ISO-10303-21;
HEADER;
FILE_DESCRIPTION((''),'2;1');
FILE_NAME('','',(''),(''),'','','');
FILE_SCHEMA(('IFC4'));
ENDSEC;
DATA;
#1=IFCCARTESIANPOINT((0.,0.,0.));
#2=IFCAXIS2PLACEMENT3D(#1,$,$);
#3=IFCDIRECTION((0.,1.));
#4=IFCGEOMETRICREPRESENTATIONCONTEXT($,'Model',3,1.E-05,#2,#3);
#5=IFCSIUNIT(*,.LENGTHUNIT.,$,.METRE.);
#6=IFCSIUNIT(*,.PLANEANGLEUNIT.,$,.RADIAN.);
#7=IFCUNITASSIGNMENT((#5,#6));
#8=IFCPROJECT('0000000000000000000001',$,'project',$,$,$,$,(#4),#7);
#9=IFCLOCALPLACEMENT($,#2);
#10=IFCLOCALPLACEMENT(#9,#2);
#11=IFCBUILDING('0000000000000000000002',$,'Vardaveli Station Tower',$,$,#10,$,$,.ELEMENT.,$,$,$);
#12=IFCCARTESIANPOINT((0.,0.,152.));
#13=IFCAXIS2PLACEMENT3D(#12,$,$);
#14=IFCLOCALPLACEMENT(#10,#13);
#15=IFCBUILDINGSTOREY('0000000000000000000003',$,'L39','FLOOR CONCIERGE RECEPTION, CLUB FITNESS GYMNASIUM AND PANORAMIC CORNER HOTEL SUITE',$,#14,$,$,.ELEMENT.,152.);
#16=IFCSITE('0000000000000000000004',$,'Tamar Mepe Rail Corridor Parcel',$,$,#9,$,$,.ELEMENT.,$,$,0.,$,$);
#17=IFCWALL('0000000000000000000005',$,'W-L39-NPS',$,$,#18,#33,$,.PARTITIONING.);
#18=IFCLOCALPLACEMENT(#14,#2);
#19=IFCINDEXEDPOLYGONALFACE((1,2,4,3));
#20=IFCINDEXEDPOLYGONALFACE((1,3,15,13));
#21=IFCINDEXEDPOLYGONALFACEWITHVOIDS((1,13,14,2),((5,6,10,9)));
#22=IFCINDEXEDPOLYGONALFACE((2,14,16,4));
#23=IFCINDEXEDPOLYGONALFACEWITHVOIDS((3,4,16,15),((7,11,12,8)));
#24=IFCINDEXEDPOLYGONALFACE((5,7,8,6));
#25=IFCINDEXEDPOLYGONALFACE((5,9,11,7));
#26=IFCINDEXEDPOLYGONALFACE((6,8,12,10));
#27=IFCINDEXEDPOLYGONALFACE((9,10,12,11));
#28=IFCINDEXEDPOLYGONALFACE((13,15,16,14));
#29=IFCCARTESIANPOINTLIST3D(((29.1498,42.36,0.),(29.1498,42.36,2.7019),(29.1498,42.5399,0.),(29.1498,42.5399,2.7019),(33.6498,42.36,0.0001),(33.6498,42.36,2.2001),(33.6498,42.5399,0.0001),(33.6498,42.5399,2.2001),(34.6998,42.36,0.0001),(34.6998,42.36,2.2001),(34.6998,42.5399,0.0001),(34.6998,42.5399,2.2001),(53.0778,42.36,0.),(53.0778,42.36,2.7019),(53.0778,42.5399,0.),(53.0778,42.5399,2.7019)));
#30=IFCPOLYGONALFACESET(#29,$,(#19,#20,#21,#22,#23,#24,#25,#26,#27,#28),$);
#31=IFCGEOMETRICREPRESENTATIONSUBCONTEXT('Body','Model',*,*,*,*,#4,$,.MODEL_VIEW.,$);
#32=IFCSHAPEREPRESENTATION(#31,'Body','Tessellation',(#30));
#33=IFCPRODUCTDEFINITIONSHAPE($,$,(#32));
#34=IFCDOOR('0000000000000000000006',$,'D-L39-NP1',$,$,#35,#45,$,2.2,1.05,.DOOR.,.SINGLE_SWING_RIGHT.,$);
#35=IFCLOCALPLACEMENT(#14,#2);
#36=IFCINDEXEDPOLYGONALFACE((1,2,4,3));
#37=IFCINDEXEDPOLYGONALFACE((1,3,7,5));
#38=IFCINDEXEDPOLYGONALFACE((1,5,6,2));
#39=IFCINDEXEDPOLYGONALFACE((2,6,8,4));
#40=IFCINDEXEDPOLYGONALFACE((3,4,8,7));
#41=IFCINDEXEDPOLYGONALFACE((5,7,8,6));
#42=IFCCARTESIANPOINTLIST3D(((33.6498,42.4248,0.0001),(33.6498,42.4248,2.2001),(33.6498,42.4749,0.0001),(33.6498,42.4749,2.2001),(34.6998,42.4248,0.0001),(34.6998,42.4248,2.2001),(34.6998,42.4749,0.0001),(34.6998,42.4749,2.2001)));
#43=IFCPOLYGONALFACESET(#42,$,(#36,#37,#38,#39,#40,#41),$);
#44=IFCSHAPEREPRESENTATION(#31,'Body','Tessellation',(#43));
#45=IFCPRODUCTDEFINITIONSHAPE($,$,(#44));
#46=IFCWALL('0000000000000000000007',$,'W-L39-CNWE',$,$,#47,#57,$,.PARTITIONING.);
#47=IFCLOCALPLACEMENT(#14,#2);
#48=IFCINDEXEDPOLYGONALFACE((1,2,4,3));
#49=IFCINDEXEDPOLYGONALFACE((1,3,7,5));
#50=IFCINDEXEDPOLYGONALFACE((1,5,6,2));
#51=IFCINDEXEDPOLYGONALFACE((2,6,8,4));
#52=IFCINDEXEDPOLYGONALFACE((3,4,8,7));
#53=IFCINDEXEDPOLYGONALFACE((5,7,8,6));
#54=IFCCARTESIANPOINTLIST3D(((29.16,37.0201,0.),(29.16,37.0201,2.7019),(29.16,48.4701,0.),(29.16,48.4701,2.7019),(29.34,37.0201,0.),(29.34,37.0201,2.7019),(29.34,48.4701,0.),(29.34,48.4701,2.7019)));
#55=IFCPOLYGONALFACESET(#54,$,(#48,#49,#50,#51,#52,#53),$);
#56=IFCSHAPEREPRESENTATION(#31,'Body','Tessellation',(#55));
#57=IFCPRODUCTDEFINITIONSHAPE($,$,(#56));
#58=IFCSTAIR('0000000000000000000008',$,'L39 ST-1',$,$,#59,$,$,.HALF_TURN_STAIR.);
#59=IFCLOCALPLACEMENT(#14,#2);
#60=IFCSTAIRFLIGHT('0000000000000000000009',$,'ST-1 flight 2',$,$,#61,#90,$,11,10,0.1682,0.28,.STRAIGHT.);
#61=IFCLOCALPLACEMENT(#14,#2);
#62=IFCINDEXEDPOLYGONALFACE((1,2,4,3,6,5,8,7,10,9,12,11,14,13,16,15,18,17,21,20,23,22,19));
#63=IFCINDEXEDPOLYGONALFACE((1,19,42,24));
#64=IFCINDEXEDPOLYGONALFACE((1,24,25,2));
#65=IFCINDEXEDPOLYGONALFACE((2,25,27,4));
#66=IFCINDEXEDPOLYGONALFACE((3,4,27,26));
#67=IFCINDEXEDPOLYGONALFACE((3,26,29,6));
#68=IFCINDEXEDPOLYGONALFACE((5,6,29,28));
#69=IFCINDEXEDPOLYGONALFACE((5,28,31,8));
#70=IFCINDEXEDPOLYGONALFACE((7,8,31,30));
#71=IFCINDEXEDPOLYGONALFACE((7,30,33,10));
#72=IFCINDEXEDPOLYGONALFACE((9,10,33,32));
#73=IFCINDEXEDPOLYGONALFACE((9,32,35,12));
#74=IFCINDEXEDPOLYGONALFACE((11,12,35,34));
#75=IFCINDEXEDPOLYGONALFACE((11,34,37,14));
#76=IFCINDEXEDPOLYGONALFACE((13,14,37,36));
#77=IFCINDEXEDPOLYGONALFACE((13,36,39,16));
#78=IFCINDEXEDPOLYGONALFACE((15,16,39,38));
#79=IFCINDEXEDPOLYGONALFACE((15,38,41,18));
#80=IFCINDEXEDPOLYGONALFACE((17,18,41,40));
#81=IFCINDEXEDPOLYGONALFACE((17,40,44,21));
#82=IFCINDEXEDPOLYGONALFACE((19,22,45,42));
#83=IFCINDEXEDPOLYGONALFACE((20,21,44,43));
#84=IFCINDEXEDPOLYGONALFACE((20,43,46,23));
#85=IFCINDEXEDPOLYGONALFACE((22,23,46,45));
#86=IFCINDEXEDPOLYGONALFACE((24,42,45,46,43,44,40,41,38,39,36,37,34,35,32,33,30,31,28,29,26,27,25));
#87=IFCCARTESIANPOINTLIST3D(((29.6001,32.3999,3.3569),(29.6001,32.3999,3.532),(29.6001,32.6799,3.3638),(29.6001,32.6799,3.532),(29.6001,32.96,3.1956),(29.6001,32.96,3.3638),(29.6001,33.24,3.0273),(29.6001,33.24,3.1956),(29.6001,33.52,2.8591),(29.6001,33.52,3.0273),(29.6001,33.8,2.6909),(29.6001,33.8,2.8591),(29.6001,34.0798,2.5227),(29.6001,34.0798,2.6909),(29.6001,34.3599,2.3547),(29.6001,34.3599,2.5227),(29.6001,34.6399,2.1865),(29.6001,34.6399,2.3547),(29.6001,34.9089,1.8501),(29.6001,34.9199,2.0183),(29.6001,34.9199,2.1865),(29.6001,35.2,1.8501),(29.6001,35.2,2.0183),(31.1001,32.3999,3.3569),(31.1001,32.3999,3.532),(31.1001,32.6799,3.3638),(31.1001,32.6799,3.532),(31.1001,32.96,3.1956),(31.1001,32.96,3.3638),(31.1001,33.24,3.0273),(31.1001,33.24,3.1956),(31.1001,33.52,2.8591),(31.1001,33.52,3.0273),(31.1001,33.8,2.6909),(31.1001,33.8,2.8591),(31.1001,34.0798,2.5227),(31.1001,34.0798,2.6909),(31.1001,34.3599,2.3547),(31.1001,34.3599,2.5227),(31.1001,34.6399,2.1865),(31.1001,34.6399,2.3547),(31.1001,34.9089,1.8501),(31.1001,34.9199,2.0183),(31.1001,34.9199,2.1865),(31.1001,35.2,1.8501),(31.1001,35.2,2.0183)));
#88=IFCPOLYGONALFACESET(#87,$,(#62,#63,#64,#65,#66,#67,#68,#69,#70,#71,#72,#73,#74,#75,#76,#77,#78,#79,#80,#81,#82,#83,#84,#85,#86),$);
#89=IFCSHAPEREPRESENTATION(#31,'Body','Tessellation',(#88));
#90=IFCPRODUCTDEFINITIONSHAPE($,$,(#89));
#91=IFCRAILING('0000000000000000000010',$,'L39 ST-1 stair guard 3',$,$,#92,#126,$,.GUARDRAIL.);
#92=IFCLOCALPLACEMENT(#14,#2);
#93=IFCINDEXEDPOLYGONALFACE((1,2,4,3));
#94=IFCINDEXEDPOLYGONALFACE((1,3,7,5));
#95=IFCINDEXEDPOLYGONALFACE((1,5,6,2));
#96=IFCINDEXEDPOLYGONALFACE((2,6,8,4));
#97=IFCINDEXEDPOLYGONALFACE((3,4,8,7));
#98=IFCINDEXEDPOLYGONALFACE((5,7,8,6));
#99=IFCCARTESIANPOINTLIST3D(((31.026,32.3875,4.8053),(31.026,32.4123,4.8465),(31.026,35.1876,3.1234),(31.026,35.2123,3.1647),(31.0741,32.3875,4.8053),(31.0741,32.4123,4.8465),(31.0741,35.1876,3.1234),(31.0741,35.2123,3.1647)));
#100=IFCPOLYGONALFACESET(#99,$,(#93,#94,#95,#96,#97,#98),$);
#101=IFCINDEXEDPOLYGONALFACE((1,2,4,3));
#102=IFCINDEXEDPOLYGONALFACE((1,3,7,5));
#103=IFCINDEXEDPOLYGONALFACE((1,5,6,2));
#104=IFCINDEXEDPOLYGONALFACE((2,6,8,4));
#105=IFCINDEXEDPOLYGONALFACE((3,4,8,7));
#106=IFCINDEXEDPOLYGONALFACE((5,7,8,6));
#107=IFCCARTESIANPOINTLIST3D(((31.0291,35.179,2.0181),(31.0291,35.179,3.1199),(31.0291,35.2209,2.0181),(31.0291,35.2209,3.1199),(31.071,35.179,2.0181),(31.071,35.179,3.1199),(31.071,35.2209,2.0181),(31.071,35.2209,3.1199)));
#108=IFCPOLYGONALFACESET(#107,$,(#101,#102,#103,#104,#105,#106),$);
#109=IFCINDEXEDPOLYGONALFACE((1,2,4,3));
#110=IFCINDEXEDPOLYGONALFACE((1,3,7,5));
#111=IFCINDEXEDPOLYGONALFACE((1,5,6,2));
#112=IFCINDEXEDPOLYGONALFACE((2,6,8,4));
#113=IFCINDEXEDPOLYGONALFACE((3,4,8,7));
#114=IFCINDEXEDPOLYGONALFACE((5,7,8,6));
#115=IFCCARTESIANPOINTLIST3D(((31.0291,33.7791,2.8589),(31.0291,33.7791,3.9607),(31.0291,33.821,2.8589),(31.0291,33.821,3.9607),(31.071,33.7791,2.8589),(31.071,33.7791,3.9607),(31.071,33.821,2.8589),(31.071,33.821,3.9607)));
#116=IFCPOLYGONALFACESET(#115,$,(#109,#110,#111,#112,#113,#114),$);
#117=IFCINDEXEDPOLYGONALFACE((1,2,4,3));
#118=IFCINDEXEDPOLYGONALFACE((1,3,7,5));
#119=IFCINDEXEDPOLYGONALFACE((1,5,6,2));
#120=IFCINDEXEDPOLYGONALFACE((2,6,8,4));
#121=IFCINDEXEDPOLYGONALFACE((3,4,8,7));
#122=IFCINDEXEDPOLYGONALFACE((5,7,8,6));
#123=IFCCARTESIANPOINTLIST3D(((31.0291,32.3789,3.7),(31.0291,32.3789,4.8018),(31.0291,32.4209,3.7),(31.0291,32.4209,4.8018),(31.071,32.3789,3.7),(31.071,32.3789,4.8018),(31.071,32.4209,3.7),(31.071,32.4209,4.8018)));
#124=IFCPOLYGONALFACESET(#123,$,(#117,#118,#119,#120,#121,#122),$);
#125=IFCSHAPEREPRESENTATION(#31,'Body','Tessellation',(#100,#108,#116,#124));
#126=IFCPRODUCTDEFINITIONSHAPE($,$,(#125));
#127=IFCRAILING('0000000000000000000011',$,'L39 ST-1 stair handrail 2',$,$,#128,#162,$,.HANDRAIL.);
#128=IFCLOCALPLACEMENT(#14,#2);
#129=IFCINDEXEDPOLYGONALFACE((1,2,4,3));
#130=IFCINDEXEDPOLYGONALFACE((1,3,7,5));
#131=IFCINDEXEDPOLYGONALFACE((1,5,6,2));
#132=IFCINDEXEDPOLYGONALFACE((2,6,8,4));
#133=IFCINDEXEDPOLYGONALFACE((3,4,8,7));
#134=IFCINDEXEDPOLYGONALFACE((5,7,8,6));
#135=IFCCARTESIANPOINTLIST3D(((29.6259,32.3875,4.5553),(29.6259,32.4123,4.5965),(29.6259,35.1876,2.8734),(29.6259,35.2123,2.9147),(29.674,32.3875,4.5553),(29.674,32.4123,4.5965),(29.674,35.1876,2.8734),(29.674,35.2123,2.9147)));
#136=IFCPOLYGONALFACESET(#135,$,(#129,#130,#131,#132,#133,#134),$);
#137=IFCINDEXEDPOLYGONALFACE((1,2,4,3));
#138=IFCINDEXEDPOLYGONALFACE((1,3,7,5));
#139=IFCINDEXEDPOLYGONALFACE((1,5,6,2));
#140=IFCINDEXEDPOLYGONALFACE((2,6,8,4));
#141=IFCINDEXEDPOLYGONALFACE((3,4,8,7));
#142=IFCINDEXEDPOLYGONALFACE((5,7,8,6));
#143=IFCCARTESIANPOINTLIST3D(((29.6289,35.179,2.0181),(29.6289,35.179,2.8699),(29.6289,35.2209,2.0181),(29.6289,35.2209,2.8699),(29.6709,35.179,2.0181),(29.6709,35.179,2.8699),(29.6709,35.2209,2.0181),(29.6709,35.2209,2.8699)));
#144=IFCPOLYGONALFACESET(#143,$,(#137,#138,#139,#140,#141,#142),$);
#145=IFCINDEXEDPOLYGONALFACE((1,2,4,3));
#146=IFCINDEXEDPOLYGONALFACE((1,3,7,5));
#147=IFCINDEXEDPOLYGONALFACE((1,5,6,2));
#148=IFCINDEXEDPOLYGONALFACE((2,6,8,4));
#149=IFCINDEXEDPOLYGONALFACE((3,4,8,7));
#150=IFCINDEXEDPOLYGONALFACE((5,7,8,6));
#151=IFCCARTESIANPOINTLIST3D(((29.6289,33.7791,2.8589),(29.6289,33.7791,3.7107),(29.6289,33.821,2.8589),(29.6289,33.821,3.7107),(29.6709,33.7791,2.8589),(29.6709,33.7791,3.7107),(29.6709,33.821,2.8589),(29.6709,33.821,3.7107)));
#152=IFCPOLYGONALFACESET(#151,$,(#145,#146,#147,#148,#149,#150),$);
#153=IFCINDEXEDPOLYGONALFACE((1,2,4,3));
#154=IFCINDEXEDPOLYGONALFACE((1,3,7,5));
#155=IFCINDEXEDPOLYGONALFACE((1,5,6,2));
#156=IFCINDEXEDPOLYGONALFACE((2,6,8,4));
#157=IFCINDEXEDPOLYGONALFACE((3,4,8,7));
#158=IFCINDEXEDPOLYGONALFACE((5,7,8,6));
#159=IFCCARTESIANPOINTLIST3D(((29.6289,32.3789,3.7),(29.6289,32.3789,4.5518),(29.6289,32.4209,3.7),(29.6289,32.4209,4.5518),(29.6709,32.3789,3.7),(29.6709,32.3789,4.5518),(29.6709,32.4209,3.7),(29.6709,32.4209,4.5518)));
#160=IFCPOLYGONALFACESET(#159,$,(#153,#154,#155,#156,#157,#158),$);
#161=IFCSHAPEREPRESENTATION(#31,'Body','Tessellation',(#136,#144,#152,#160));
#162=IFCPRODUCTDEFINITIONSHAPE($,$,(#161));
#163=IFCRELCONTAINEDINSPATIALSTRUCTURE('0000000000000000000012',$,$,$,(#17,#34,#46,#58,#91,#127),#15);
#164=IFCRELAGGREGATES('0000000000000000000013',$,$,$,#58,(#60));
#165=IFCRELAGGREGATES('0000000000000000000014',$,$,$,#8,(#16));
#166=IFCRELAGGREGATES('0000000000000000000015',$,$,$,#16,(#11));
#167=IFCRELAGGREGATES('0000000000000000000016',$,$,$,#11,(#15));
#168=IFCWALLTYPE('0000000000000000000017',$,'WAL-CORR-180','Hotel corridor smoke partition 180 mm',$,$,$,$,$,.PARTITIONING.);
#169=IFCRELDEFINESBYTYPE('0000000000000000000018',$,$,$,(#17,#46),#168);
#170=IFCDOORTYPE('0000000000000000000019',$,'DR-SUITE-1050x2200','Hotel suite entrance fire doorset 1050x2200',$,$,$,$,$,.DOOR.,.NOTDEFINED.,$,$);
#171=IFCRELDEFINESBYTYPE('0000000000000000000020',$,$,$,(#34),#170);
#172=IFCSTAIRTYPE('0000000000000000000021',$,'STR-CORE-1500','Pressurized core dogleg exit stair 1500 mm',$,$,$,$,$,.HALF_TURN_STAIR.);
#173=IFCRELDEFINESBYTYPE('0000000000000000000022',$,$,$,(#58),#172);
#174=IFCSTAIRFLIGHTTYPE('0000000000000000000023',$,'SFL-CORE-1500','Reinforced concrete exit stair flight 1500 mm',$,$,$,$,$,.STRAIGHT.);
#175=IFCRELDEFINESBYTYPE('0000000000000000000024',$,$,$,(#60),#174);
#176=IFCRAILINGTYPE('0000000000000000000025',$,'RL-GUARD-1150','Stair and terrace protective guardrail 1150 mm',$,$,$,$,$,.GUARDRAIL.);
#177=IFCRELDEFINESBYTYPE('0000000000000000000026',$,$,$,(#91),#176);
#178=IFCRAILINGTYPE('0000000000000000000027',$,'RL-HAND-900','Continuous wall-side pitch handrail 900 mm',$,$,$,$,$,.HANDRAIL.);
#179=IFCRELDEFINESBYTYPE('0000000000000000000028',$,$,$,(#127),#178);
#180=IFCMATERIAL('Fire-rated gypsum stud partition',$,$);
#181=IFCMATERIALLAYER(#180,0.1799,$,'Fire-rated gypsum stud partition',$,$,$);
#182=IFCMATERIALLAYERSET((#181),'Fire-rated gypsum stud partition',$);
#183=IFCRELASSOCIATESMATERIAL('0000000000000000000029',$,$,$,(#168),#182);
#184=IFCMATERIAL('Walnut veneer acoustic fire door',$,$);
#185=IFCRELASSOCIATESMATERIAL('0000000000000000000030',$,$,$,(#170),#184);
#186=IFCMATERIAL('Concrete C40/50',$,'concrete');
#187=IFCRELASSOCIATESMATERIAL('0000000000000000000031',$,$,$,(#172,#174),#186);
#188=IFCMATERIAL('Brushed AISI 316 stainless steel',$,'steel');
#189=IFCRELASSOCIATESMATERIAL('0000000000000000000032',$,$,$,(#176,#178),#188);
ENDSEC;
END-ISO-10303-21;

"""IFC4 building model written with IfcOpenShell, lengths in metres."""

from ifc_helpers import new_model, si_unit, direction, frame, frame_2d, origin, origin_2d, place, context, subcontext, project, spatial, polyline, rectangle, outline, extrude, source, transform, mapped, material, layer, layer_set, type_object, element, fill, aggregate, save


model = new_model("IFC4")

# Units and contexts
model_context = context("Model", 3, precision=1e-05, world=origin(), true_north=direction((0.0, 1.0)))
body_context = subcontext(model_context, "Body", "Model", "MODEL_VIEW")
ifc_project = project(units=[si_unit("LENGTHUNIT", "METRE"), si_unit("PLANEANGLEUNIT", "RADIAN")], contexts=[model_context])

# Site, building, storey
site_placement = place(None, origin())
site = spatial("IfcSite", under=ifc_project, at=site_placement, Name="Tamar Mepe Rail Corridor Parcel", CompositionType="ELEMENT", RefElevation=0.0)
building_placement = place(site_placement, origin())
building = spatial("IfcBuilding", under=site, at=building_placement, Name="Vardaveli Station Tower", CompositionType="ELEMENT")
storey_placement = place(building_placement, frame((0.0, 0.0, 152.0)))
storey = spatial("IfcBuildingStorey", under=building, at=storey_placement, Name="L39", Description="FLOOR CONCIERGE RECEPTION, CLUB FITNESS GYMNASIUM AND PANORAMIC CORNER HOTEL SUITE", CompositionType="ELEMENT", Elevation=152.0)

# Shared definitions
ifc_material_1 = material(Name="Concrete C40/50", Category="concrete")

# Wall, opening, door
ifc_material_2 = material(Name="Fire-rated gypsum stud partition")
ifc_layer_1 = layer(ifc_material_2, 0.1799, Name="Fire-rated gypsum stud partition")
ifc_layer_set_1 = layer_set([ifc_layer_1], Name="Fire-rated gypsum stud partition")
wall_type_1 = type_object("IfcWallType", Name="WAL-CORR-180", Description="Hotel corridor smoke partition 180 mm", PredefinedType="PARTITIONING", material=ifc_layer_set_1)
shared_shape_1 = source(origin(), body_context, "Body", "SweptSolid", [
    extrude(rectangle(XDim=23.928, YDim=0.1799, at=frame_2d((11.9639, 0.0))), origin(), (0.0, 0.0, 1.0), 2.7019),
])
wall_1_placement = place(storey_placement, frame((29.1499, 42.45, 0.0), z_axis=(0.0, 0.0, 1.0), x_axis=(1.0, 0.0, 0.0)))
wall_1 = element("IfcWall", 1, at=wall_1_placement, inside=storey, type_object=wall_type_1, Name="W-L39-NPS", PredefinedType="PARTITIONING", context=body_context, shape_type="MappedRepresentation", body=[
    mapped(shared_shape_1, transform((0.0, 0.0, 0.0), scale=1.0)),
])
shared_shape_2 = source(origin(), body_context, "Body", "SweptSolid", [
    extrude(rectangle(XDim=1.05, YDim=2.2, at=frame_2d((0.5249, 1.1001))), frame((0.0, 0.1001, 0.0), z_axis=(0.0, -1.0, 0.0), x_axis=(1.0, 0.0, 0.0)), (0.0, 0.0, 1.0), 0.2),
])
opening_1_placement = place(wall_1_placement, frame((4.5, 0.0, 0.0)))
opening_1 = element("IfcOpeningElement", 2, at=opening_1_placement, cuts=wall_1, PredefinedType="OPENING", context=body_context, shape_type="MappedRepresentation", body=[
    mapped(shared_shape_2, transform((0.0, 0.0, 0.0), scale=1.0)),
])
ifc_material_3 = material(Name="Walnut veneer acoustic fire door")
door_type_1 = type_object("IfcDoorType", Name="DR-SUITE-1050x2200", Description="Hotel suite entrance fire doorset 1050x2200", OperationType="NOTDEFINED", PredefinedType="DOOR", material=ifc_material_3)
shared_shape_3 = source(origin(), body_context, "Body", "SweptSolid", [
    extrude(rectangle(XDim=1.05, YDim=2.2, at=frame_2d((0.5249, 1.1001))), frame((0.0, 0.0249, 0.0), z_axis=(0.0, -1.0, 0.0), x_axis=(1.0, 0.0, 0.0)), (0.0, 0.0, 1.0), 0.05),
])
door_1_placement = place(opening_1_placement, origin())
door_1 = element("IfcDoor", 3, at=door_1_placement, inside=storey, type_object=door_type_1, Name="D-L39-NP1", OperationType="SINGLE_SWING_RIGHT", OverallHeight=2.2, OverallWidth=1.05, PredefinedType="DOOR", context=body_context, shape_type="MappedRepresentation", body=[
    mapped(shared_shape_3, transform((0.0, 0.0, 0.0), scale=1.0)),
])
fill(opening_1, door_1)

# Wall
shared_shape_4 = source(origin(), body_context, "Body", "SweptSolid", [
    extrude(rectangle(XDim=11.45, YDim=0.1799, at=frame_2d((5.7251, 0.0))), origin(), (0.0, 0.0, 1.0), 2.7019),
])
wall_2_placement = place(storey_placement, frame((29.25, 37.02, 0.0), z_axis=(0.0, 0.0, 1.0), x_axis=(0.0, 1.0, 0.0)))
element("IfcWall", 4, at=wall_2_placement, inside=storey, type_object=wall_type_1, Name="W-L39-CNWE", PredefinedType="PARTITIONING", context=body_context, shape_type="MappedRepresentation", body=[
    mapped(shared_shape_4, transform((0.0, 0.0, 0.0), scale=1.0)),
])

# Stair, stair flight
stair_type = type_object("IfcStairType", Name="STR-CORE-1500", Description="Pressurized core dogleg exit stair 1500 mm", PredefinedType="HALF_TURN_STAIR", material=ifc_material_1)
stair_placement = place(storey_placement, origin())
stair = element("IfcStair", 5, at=stair_placement, inside=storey, type_object=stair_type, Name="L39 ST-1", PredefinedType="HALF_TURN_STAIR")
stair_flight_type = type_object("IfcStairFlightType", Name="SFL-CORE-1500", Description="Reinforced concrete exit stair flight 1500 mm", PredefinedType="STRAIGHT", material=ifc_material_1)
shared_shape_5 = source(origin(), body_context, "Body", "SweptSolid", [
    extrude(outline(polyline([(0.0, 0.0), (0.0, 0.1682), (0.28, 0.1682), (0.28, 0.3364), (0.5601, 0.3364), (0.5601, 0.5046), (0.8401, 0.5046), (0.8401, 0.6726), (1.1201, 0.6726), (1.1201, 0.8408), (1.3999, 0.8408), (1.3999, 1.009), (1.6799, 1.009), (1.6799, 1.1772), (1.96, 1.1772), (1.96, 1.3455), (2.24, 1.3455), (2.24, 1.5137), (2.52, 1.5137), (2.52, 1.6819), (2.8, 1.6819), (2.8, 1.8501), (2.8, 1.5068), (0.291, 0.0), (0.0, 0.0)])), frame((0.0, 0.75, 0.0), z_axis=(0.0, -1.0, 0.0), x_axis=(1.0, 0.0, 0.0)), (0.0, 0.0, 1.0), 1.5),
])
stair_flight_placement = place(storey_placement, frame((30.3501, 35.2, 1.8501), z_axis=(0.0, 0.0, 1.0), x_axis=(0.0, -1.0, 0.0)))
stair_flight = element("IfcStairFlight", 6, at=stair_flight_placement, type_object=stair_flight_type, Name="ST-1 flight 2", NumberOfRisers=11, NumberOfTreads=10, PredefinedType="STRAIGHT", RiserHeight=0.1682, TreadLength=0.28, context=body_context, shape_type="MappedRepresentation", body=[
    mapped(shared_shape_5, transform((0.0, 0.0, 0.0), scale=1.0)),
])
aggregate(stair, [stair_flight])

# Railings
ifc_material_4 = material(Name="Brushed AISI 316 stainless steel", Category="steel")
railing_type_1 = type_object("IfcRailingType", Name="RL-GUARD-1150", Description="Stair and terrace protective guardrail 1150 mm", PredefinedType="GUARDRAIL", material=ifc_material_4)
shared_shape_6 = source(origin(), body_context, "Body", "SweptSolid", [
    extrude(rectangle(XDim=0.0481, YDim=0.0481, at=origin_2d()), frame((0.0, 0.0, 1.126), z_axis=(0.0, -0.857242, 0.514913), x_axis=(1.0, 0.0, 0.0)), (0.0, 0.0, 1.0), 3.2664),
    extrude(rectangle(XDim=0.042, YDim=0.042, at=origin_2d()), origin(), (0.0, 0.0, 1.0), 1.1018),
    extrude(rectangle(XDim=0.042, YDim=0.042, at=origin_2d()), frame((0.0, -1.3999, 0.8408)), (0.0, 0.0, 1.0), 1.1018),
    extrude(rectangle(XDim=0.042, YDim=0.042, at=origin_2d()), frame((0.0, -2.8, 1.6819)), (0.0, 0.0, 1.0), 1.1018),
])
railing_1_placement = place(storey_placement, frame((31.05, 35.2, 2.0181)))
element("IfcRailing", 7, at=railing_1_placement, inside=storey, type_object=railing_type_1, Name="L39 ST-1 stair guard 3", PredefinedType="GUARDRAIL", context=body_context, shape_type="MappedRepresentation", body=[
    mapped(shared_shape_6, transform((0.0, 0.0, 0.0), scale=1.0)),
])
railing_type_2 = type_object("IfcRailingType", Name="RL-HAND-900", Description="Continuous wall-side pitch handrail 900 mm", PredefinedType="HANDRAIL", material=ifc_material_4)
shared_shape_7 = source(origin(), body_context, "Body", "SweptSolid", [
    extrude(rectangle(XDim=0.0481, YDim=0.0481, at=origin_2d()), frame((0.0, 0.0, 0.876), z_axis=(0.0, -0.857242, 0.514913), x_axis=(1.0, 0.0, 0.0)), (0.0, 0.0, 1.0), 3.2664),
    extrude(rectangle(XDim=0.042, YDim=0.042, at=origin_2d()), origin(), (0.0, 0.0, 1.0), 0.8518),
    extrude(rectangle(XDim=0.042, YDim=0.042, at=origin_2d()), frame((0.0, -1.3999, 0.8408)), (0.0, 0.0, 1.0), 0.8518),
    extrude(rectangle(XDim=0.042, YDim=0.042, at=origin_2d()), frame((0.0, -2.8, 1.6819)), (0.0, 0.0, 1.0), 0.8518),
])
railing_2_placement = place(storey_placement, frame((29.6499, 35.2, 2.0181)))
element("IfcRailing", 8, at=railing_2_placement, inside=storey, type_object=railing_type_2, Name="L39 ST-1 stair handrail 2", PredefinedType="HANDRAIL", context=body_context, shape_type="MappedRepresentation", body=[
    mapped(shared_shape_7, transform((0.0, 0.0, 0.0), scale=1.0)),
])

save(model, "model.ifc")
